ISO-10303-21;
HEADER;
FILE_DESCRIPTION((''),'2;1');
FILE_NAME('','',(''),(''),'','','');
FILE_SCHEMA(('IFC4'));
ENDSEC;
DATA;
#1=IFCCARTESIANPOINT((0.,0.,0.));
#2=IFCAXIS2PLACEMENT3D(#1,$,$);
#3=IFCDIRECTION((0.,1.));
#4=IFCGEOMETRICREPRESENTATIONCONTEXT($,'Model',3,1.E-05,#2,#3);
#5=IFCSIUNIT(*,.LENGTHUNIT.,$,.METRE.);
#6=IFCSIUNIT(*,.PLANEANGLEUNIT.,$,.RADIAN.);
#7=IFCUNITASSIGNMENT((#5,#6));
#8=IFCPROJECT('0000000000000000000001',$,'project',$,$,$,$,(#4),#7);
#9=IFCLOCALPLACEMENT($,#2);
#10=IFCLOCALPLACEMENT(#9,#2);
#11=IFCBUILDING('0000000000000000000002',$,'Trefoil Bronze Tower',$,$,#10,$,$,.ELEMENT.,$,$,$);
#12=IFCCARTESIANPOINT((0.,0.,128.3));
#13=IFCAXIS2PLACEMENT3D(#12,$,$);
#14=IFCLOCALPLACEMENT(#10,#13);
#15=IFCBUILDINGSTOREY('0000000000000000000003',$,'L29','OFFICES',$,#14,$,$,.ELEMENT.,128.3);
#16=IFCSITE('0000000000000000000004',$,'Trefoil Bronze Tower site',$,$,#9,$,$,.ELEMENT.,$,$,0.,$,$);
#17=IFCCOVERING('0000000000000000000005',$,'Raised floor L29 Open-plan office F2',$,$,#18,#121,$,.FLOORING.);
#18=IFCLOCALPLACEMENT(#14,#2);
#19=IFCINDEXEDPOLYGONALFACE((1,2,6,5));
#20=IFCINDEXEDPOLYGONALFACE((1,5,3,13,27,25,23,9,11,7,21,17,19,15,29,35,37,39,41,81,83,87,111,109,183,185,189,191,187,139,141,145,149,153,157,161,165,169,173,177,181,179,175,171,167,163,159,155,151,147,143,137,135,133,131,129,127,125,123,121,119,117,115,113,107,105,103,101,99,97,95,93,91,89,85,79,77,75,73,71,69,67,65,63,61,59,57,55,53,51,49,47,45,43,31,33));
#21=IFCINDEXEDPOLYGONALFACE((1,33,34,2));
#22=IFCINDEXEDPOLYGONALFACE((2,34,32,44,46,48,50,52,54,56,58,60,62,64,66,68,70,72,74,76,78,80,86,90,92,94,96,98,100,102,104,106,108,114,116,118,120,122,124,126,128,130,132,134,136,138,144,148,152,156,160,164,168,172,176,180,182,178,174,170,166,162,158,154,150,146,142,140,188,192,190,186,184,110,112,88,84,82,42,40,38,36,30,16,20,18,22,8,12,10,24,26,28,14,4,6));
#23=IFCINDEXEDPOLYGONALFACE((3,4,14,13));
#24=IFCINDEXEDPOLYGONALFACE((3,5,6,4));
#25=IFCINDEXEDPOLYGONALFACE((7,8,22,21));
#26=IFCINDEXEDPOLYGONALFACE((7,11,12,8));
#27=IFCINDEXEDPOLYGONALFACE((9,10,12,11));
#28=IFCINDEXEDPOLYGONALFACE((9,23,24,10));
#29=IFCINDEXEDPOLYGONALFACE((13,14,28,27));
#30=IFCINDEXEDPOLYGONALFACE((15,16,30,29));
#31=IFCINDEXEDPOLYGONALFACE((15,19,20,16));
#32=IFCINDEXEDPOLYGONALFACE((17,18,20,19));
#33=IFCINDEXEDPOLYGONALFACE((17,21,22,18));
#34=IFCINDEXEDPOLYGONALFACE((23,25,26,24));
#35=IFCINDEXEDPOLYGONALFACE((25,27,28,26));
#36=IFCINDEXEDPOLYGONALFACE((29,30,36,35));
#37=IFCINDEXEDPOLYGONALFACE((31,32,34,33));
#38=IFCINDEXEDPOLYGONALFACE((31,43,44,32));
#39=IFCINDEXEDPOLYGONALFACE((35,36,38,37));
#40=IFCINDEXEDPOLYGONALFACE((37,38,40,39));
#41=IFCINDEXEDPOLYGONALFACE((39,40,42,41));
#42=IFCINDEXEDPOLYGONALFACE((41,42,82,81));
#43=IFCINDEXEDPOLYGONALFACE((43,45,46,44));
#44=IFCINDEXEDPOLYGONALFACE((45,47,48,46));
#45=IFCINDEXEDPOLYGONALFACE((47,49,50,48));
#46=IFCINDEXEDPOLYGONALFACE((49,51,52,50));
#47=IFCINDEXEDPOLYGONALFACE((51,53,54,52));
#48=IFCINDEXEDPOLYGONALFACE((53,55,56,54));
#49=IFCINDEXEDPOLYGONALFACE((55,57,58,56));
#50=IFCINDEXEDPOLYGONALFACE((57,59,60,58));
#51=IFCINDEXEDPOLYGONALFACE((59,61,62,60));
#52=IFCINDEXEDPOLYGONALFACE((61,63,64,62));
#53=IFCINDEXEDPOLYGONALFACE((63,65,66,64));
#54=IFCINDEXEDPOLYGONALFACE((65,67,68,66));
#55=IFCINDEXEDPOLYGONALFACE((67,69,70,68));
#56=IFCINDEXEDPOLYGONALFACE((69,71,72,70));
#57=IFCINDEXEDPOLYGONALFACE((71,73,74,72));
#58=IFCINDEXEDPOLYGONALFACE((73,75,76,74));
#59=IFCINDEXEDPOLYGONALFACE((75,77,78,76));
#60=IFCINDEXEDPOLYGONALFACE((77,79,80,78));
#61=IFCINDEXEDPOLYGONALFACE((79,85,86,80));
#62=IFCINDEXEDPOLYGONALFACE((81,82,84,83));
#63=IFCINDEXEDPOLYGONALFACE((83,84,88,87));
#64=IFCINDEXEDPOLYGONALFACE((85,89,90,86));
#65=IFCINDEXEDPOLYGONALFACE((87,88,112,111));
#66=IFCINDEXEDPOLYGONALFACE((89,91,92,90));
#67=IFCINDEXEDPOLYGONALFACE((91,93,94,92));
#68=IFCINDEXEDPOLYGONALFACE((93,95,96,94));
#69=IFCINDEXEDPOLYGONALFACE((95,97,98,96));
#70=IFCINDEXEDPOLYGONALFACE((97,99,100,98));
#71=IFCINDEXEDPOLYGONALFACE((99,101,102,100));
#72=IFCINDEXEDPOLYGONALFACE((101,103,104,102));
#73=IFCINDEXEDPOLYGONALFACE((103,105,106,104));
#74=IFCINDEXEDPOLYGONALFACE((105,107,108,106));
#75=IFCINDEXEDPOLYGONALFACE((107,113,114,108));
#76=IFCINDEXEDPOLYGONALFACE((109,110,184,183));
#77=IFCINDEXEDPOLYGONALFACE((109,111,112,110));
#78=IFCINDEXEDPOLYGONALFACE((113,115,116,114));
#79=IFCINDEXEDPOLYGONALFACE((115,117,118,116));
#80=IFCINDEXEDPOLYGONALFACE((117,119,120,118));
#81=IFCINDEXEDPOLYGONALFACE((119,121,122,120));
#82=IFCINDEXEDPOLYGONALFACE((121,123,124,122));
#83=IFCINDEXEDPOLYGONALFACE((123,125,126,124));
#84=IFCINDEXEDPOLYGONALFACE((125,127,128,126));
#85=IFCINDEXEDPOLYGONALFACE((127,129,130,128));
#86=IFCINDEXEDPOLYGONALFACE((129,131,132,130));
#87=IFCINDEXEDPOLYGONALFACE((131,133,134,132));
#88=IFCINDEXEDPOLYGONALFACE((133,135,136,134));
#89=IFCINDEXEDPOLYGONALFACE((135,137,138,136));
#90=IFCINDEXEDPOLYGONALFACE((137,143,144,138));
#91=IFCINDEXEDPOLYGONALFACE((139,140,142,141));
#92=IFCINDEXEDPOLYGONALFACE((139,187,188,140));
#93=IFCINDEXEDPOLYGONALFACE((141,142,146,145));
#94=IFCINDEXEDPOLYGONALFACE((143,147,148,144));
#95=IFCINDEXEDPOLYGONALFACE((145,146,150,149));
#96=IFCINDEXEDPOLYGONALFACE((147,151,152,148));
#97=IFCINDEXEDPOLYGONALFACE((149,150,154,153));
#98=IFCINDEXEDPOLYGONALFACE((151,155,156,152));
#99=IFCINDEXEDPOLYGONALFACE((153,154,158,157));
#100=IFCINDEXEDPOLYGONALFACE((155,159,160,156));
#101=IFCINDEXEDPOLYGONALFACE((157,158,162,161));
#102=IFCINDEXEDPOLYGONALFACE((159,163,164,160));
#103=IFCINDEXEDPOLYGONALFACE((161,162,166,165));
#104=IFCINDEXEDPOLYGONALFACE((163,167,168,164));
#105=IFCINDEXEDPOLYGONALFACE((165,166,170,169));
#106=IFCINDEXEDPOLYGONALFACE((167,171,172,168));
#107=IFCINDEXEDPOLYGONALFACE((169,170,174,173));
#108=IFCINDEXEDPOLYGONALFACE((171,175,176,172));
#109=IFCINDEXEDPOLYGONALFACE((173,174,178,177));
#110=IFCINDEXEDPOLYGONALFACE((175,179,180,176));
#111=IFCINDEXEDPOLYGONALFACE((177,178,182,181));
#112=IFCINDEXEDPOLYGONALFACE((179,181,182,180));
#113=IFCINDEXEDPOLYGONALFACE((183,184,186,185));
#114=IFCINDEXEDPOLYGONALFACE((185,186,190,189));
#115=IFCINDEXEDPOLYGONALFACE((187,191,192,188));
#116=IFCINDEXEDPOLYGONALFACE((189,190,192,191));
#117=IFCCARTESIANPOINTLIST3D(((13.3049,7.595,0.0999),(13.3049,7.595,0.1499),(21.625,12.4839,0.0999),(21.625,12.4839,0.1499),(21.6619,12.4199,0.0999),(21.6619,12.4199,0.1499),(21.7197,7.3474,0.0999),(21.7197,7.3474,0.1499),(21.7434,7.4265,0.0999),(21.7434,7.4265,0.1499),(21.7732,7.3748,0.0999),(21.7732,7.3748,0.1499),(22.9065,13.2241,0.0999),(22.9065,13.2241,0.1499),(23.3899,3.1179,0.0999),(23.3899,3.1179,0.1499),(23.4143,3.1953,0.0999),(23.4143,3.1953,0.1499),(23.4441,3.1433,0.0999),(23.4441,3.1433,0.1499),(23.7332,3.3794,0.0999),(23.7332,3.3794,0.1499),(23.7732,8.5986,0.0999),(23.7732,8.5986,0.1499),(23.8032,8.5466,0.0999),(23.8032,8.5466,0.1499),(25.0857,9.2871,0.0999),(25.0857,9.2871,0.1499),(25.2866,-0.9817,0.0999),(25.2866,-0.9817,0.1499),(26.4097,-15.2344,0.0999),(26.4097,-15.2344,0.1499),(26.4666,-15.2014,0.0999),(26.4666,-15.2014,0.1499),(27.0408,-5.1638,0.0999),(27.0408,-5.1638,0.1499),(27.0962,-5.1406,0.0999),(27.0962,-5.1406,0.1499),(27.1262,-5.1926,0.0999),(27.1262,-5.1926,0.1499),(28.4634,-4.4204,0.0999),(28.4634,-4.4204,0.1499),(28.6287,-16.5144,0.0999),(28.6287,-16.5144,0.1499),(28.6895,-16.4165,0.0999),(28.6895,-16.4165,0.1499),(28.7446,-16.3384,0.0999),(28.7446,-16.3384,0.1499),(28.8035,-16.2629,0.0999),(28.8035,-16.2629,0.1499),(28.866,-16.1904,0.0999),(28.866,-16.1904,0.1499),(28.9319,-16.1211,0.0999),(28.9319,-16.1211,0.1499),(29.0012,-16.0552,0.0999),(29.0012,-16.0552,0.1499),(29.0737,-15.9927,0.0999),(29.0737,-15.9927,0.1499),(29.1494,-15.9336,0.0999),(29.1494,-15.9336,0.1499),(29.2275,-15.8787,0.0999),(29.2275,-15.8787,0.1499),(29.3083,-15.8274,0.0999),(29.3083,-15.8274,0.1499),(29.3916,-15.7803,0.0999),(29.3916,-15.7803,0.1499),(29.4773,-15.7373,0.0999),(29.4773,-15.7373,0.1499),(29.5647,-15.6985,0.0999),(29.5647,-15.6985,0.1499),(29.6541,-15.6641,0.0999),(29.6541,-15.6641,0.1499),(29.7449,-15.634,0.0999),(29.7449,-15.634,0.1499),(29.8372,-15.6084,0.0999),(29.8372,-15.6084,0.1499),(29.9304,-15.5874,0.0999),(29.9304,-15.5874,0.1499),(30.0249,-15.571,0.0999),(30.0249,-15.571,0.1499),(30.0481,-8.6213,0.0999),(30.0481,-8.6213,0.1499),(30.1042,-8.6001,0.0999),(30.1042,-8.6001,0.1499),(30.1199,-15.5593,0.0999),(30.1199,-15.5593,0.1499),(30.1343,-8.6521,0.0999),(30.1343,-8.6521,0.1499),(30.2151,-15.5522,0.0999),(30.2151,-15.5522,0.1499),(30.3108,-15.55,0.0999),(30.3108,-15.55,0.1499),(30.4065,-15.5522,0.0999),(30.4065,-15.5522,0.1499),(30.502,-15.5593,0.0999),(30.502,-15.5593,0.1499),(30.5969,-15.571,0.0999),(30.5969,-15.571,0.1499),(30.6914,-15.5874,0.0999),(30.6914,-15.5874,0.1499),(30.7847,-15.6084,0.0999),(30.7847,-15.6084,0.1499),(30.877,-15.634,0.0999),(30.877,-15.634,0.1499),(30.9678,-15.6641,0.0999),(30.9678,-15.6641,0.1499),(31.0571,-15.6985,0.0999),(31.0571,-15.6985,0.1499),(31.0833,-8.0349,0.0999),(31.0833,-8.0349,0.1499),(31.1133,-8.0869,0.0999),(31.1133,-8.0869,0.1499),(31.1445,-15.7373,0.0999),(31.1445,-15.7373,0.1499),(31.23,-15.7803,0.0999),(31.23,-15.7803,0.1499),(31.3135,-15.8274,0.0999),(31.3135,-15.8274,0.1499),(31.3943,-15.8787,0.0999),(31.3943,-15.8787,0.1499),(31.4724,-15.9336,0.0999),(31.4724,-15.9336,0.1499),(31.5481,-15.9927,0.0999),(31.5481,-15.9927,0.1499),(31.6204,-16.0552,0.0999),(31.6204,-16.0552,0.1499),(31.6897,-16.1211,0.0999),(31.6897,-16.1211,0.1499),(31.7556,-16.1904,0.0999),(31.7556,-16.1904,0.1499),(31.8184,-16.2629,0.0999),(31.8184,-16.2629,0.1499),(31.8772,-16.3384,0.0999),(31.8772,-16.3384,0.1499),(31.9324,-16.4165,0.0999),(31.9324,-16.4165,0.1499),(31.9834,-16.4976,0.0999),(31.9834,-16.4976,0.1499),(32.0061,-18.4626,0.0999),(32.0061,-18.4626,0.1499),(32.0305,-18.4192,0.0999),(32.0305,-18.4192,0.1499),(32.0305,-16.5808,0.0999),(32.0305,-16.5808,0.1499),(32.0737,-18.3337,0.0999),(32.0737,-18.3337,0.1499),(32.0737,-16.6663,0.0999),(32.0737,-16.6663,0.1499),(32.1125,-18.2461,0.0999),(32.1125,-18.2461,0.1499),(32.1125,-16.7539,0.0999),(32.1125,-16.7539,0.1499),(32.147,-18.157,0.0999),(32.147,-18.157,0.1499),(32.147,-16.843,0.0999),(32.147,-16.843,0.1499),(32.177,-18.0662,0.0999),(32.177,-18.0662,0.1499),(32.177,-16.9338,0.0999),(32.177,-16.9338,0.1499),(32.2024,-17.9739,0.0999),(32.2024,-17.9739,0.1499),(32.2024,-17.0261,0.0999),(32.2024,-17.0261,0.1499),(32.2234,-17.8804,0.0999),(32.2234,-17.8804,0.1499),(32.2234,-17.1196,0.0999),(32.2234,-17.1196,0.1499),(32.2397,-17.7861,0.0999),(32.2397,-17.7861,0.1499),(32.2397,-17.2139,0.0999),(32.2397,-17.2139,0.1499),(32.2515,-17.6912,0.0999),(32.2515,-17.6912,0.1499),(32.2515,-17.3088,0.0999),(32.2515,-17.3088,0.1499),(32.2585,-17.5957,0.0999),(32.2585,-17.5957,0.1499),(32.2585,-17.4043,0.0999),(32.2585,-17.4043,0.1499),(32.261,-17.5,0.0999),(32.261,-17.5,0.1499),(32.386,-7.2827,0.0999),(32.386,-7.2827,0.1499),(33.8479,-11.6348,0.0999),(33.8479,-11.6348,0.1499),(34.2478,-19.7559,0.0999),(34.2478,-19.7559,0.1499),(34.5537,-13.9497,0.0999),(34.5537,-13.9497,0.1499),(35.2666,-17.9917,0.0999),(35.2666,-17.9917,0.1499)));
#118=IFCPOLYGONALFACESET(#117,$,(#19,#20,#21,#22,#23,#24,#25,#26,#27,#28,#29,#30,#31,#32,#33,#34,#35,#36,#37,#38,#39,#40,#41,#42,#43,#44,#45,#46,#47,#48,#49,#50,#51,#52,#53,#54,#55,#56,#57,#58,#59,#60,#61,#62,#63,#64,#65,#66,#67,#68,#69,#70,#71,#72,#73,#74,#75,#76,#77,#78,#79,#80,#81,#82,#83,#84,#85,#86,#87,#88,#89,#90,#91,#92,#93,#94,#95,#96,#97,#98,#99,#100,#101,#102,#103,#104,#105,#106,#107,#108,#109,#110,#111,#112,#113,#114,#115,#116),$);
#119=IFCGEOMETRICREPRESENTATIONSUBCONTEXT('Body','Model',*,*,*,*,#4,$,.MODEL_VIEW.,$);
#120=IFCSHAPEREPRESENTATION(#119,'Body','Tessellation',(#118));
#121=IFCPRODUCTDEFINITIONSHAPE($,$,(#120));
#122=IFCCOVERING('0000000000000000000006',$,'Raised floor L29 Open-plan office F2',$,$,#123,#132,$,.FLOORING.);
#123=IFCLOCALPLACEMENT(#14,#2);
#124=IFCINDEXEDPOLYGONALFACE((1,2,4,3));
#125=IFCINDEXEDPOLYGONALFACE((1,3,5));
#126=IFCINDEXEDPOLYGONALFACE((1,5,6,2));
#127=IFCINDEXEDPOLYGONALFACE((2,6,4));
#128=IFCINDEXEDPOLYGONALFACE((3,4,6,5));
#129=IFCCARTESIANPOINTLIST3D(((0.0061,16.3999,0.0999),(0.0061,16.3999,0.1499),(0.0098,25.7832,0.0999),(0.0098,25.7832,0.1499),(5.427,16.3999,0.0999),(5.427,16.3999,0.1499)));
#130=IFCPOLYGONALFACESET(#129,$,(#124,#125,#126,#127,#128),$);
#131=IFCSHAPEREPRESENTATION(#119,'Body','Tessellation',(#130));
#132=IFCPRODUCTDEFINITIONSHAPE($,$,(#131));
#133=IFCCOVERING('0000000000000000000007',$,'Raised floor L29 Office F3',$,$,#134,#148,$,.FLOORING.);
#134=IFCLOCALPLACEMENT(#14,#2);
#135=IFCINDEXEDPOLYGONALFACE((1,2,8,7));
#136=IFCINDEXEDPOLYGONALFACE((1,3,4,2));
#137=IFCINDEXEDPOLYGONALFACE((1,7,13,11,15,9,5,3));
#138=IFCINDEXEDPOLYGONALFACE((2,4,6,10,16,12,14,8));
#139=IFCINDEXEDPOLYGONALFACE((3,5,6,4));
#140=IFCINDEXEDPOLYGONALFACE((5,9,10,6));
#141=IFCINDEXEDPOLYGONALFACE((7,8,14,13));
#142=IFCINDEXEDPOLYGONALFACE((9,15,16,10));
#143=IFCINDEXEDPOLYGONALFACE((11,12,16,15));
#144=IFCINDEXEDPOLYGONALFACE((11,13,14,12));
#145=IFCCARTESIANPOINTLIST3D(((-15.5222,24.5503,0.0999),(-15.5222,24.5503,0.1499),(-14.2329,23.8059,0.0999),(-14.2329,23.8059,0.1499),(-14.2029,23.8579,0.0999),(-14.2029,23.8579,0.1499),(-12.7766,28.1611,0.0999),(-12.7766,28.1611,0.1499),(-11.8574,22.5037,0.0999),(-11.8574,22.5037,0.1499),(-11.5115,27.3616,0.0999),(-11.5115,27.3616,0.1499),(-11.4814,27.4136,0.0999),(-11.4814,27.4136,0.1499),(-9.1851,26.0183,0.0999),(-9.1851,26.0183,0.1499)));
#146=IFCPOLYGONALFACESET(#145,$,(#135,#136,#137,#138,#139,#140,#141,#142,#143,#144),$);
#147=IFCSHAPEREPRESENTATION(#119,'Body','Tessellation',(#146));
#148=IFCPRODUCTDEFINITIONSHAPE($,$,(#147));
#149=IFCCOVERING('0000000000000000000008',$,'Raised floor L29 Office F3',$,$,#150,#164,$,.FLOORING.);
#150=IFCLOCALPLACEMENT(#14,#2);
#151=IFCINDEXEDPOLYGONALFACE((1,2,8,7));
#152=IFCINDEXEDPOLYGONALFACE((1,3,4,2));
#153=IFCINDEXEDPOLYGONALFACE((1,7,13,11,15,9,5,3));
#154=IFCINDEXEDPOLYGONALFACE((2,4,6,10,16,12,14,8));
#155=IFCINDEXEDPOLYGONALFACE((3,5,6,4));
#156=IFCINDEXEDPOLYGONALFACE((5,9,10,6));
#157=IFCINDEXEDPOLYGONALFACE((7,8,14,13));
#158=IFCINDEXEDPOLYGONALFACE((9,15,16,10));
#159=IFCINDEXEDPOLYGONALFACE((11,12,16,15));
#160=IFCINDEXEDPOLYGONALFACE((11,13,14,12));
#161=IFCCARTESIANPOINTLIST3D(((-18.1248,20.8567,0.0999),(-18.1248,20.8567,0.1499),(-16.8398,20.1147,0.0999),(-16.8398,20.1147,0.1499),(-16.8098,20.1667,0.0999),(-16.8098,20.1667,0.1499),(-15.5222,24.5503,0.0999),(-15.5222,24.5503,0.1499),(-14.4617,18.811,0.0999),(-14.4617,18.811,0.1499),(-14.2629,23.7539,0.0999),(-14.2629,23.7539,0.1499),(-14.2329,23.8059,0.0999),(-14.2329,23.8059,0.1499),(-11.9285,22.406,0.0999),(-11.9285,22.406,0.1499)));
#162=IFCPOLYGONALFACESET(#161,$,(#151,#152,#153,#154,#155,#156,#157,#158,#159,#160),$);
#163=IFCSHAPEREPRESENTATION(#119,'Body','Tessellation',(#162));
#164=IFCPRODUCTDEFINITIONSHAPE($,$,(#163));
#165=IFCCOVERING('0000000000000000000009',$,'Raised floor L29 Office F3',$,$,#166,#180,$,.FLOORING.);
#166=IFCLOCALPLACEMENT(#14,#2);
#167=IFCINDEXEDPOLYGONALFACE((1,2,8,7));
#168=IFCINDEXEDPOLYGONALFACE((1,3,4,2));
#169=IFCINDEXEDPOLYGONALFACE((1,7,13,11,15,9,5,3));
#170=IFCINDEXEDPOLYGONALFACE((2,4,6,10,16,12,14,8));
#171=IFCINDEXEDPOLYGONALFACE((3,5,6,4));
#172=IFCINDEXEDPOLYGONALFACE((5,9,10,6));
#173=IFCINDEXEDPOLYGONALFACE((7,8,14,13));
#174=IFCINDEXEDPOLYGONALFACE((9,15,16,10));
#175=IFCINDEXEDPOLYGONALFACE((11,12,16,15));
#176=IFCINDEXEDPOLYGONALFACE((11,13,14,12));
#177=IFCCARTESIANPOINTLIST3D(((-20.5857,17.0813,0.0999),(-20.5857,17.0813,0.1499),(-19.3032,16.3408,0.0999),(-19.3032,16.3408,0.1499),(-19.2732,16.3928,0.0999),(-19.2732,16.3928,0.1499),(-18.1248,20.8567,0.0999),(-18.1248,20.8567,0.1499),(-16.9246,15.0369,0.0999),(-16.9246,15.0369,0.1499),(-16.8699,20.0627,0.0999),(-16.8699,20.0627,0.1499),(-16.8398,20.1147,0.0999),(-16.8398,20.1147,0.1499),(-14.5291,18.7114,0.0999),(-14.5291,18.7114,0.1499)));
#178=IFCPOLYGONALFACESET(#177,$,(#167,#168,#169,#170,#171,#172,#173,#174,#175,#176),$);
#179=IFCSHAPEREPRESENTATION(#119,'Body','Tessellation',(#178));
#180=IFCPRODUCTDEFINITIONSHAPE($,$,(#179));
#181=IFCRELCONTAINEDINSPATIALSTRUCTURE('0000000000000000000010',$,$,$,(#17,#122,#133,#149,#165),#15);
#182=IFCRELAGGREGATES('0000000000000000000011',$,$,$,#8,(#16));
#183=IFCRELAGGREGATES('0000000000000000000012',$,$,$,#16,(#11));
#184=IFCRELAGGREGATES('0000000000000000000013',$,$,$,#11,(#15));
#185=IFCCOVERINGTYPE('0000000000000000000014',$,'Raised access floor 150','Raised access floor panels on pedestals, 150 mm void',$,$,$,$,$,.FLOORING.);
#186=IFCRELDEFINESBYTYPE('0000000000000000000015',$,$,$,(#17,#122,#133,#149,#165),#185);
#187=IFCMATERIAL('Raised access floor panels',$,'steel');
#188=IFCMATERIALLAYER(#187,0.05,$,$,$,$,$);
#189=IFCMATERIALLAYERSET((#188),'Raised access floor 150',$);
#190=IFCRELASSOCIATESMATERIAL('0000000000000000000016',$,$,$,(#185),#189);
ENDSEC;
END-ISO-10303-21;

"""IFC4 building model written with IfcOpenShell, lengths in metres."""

from ifc_helpers import new_model, si_unit, direction, frame, origin, place, context, subcontext, project, spatial, polyline, outline, extrude, material, layer, layer_set, type_object, element, save


model = new_model("IFC4")

# Units and contexts
model_context = context("Model", 3, precision=1e-05, world=origin(), true_north=direction((0.0, 1.0)))
body_context = subcontext(model_context, "Body", "Model", "MODEL_VIEW")
ifc_project = project(units=[si_unit("LENGTHUNIT", "METRE"), si_unit("PLANEANGLEUNIT", "RADIAN")], contexts=[model_context])

# Site, building, storey
site_placement = place(None, origin())
site = spatial("IfcSite", under=ifc_project, at=site_placement, Name="Trefoil Bronze Tower site", CompositionType="ELEMENT", RefElevation=0.0)
building_placement = place(site_placement, origin())
building = spatial("IfcBuilding", under=site, at=building_placement, Name="Trefoil Bronze Tower", CompositionType="ELEMENT")
storey_placement = place(building_placement, frame((0.0, 0.0, 128.3)))
storey = spatial("IfcBuildingStorey", under=building, at=storey_placement, Name="L29", Description="OFFICES", CompositionType="ELEMENT", Elevation=128.3)

# Coverings
ifc_material_1 = material(Name="Raised access floor panels", Category="steel")
ifc_layer_1 = layer(ifc_material_1, 0.05)
ifc_layer_set_1 = layer_set([ifc_layer_1], Name="Raised access floor 150")
covering_type_1 = type_object("IfcCoveringType", Name="Raised access floor 150", Description="Raised access floor panels on pedestals, 150 mm void", PredefinedType="FLOORING", material=ifc_layer_set_1)
covering_1_placement = place(storey_placement, frame((0.0, 0.0, 0.0999)))
element("IfcCovering", 1, at=covering_1_placement, inside=storey, type_object=covering_type_1, Name="Raised floor L29 Open-plan office F2", PredefinedType="FLOORING", context=body_context, shape_type="SweptSolid", body=[
    extrude(outline(polyline([(26.4097, -15.2344), (26.4666, -15.2014), (13.3049, 7.595), (21.6619, 12.4199), (21.625, 12.4839), (22.9065, 13.2241), (25.0857, 9.2871), (23.8032, 8.5466), (23.7732, 8.5986), (21.7434, 7.4265), (21.7732, 7.3748), (21.7197, 7.3474), (23.7332, 3.3794), (23.4143, 3.1953), (23.4441, 3.1433), (23.3899, 3.1179), (25.2866, -0.9817), (27.0408, -5.1638), (27.0962, -5.1406), (27.1262, -5.1926), (28.4634, -4.4204), (30.0481, -8.6213), (30.1042, -8.6001), (30.1343, -8.6521), (31.1133, -8.0869), (31.0833, -8.0349), (32.386, -7.2827), (33.8479, -11.6348), (34.5537, -13.9497), (35.2666, -17.9917), (34.2478, -19.7559), (32.0061, -18.4626), (32.0305, -18.4192), (32.0737, -18.3337), (32.1125, -18.2461), (32.147, -18.157), (32.177, -18.0662), (32.2024, -17.9739), (32.2234, -17.8804), (32.2397, -17.7861), (32.2515, -17.6912), (32.2585, -17.5957), (32.261, -17.5), (32.2585, -17.4043), (32.2515, -17.3088), (32.2397, -17.2139), (32.2234, -17.1196), (32.2024, -17.0261), (32.177, -16.9338), (32.147, -16.843), (32.1125, -16.7539), (32.0737, -16.6663), (32.0305, -16.5808), (31.9834, -16.4976), (31.9324, -16.4165), (31.8772, -16.3384), (31.8184, -16.2629), (31.7556, -16.1904), (31.6897, -16.1211), (31.6204, -16.0552), (31.5481, -15.9927), (31.4724, -15.9336), (31.3943, -15.8787), (31.3135, -15.8274), (31.23, -15.7803), (31.1445, -15.7373), (31.0571, -15.6985), (30.9678, -15.6641), (30.877, -15.634), (30.7847, -15.6084), (30.6914, -15.5874), (30.5969, -15.571), (30.502, -15.5593), (30.4065, -15.5522), (30.3108, -15.55), (30.2151, -15.5522), (30.1199, -15.5593), (30.0249, -15.571), (29.9304, -15.5874), (29.8372, -15.6084), (29.7449, -15.634), (29.6541, -15.6641), (29.5647, -15.6985), (29.4773, -15.7373), (29.3916, -15.7803), (29.3083, -15.8274), (29.2275, -15.8787), (29.1494, -15.9336), (29.0737, -15.9927), (29.0012, -16.0552), (28.9319, -16.1211), (28.866, -16.1904), (28.8035, -16.2629), (28.7446, -16.3384), (28.6895, -16.4165), (28.6287, -16.5144), (26.4097, -15.2344)])), origin(), (0.0, 0.0, 1.0), 0.05),
])
covering_2_placement = place(storey_placement, frame((0.0, 0.0, 0.0999)))
element("IfcCovering", 2, at=covering_2_placement, inside=storey, type_object=covering_type_1, Name="Raised floor L29 Open-plan office F2", PredefinedType="FLOORING", context=body_context, shape_type="SweptSolid", body=[
    extrude(outline(polyline([(0.0061, 16.3999), (0.0098, 25.7832), (5.427, 16.3999), (0.0061, 16.3999)])), origin(), (0.0, 0.0, 1.0), 0.05),
])
covering_3_placement = place(storey_placement, frame((0.0, 0.0, 0.0999)))
element("IfcCovering", 3, at=covering_3_placement, inside=storey, type_object=covering_type_1, Name="Raised floor L29 Office F3", PredefinedType="FLOORING", context=body_context, shape_type="SweptSolid", body=[
    extrude(outline(polyline([(-15.5222, 24.5503), (-12.7766, 28.1611), (-11.4814, 27.4136), (-11.5115, 27.3616), (-9.1851, 26.0183), (-11.8574, 22.5037), (-14.2029, 23.8579), (-14.2329, 23.8059), (-15.5222, 24.5503)])), origin(), (0.0, 0.0, 1.0), 0.05),
])
covering_4_placement = place(storey_placement, frame((0.0, 0.0, 0.0999)))
element("IfcCovering", 4, at=covering_4_placement, inside=storey, type_object=covering_type_1, Name="Raised floor L29 Office F3", PredefinedType="FLOORING", context=body_context, shape_type="SweptSolid", body=[
    extrude(outline(polyline([(-15.5222, 24.5503), (-14.2329, 23.8059), (-14.2629, 23.7539), (-11.9285, 22.406), (-14.4617, 18.811), (-16.8098, 20.1667), (-16.8398, 20.1147), (-18.1248, 20.8567), (-15.5222, 24.5503)])), origin(), (0.0, 0.0, 1.0), 0.05),
])
covering_5_placement = place(storey_placement, frame((0.0, 0.0, 0.0999)))
element("IfcCovering", 5, at=covering_5_placement, inside=storey, type_object=covering_type_1, Name="Raised floor L29 Office F3", PredefinedType="FLOORING", context=body_context, shape_type="SweptSolid", body=[
    extrude(outline(polyline([(-18.1248, 20.8567), (-16.8398, 20.1147), (-16.8699, 20.0627), (-14.5291, 18.7114), (-16.9246, 15.0369), (-19.2732, 16.3928), (-19.3032, 16.3408), (-20.5857, 17.0813), (-18.1248, 20.8567)])), origin(), (0.0, 0.0, 1.0), 0.05),
])

save(model, "model.ifc")
